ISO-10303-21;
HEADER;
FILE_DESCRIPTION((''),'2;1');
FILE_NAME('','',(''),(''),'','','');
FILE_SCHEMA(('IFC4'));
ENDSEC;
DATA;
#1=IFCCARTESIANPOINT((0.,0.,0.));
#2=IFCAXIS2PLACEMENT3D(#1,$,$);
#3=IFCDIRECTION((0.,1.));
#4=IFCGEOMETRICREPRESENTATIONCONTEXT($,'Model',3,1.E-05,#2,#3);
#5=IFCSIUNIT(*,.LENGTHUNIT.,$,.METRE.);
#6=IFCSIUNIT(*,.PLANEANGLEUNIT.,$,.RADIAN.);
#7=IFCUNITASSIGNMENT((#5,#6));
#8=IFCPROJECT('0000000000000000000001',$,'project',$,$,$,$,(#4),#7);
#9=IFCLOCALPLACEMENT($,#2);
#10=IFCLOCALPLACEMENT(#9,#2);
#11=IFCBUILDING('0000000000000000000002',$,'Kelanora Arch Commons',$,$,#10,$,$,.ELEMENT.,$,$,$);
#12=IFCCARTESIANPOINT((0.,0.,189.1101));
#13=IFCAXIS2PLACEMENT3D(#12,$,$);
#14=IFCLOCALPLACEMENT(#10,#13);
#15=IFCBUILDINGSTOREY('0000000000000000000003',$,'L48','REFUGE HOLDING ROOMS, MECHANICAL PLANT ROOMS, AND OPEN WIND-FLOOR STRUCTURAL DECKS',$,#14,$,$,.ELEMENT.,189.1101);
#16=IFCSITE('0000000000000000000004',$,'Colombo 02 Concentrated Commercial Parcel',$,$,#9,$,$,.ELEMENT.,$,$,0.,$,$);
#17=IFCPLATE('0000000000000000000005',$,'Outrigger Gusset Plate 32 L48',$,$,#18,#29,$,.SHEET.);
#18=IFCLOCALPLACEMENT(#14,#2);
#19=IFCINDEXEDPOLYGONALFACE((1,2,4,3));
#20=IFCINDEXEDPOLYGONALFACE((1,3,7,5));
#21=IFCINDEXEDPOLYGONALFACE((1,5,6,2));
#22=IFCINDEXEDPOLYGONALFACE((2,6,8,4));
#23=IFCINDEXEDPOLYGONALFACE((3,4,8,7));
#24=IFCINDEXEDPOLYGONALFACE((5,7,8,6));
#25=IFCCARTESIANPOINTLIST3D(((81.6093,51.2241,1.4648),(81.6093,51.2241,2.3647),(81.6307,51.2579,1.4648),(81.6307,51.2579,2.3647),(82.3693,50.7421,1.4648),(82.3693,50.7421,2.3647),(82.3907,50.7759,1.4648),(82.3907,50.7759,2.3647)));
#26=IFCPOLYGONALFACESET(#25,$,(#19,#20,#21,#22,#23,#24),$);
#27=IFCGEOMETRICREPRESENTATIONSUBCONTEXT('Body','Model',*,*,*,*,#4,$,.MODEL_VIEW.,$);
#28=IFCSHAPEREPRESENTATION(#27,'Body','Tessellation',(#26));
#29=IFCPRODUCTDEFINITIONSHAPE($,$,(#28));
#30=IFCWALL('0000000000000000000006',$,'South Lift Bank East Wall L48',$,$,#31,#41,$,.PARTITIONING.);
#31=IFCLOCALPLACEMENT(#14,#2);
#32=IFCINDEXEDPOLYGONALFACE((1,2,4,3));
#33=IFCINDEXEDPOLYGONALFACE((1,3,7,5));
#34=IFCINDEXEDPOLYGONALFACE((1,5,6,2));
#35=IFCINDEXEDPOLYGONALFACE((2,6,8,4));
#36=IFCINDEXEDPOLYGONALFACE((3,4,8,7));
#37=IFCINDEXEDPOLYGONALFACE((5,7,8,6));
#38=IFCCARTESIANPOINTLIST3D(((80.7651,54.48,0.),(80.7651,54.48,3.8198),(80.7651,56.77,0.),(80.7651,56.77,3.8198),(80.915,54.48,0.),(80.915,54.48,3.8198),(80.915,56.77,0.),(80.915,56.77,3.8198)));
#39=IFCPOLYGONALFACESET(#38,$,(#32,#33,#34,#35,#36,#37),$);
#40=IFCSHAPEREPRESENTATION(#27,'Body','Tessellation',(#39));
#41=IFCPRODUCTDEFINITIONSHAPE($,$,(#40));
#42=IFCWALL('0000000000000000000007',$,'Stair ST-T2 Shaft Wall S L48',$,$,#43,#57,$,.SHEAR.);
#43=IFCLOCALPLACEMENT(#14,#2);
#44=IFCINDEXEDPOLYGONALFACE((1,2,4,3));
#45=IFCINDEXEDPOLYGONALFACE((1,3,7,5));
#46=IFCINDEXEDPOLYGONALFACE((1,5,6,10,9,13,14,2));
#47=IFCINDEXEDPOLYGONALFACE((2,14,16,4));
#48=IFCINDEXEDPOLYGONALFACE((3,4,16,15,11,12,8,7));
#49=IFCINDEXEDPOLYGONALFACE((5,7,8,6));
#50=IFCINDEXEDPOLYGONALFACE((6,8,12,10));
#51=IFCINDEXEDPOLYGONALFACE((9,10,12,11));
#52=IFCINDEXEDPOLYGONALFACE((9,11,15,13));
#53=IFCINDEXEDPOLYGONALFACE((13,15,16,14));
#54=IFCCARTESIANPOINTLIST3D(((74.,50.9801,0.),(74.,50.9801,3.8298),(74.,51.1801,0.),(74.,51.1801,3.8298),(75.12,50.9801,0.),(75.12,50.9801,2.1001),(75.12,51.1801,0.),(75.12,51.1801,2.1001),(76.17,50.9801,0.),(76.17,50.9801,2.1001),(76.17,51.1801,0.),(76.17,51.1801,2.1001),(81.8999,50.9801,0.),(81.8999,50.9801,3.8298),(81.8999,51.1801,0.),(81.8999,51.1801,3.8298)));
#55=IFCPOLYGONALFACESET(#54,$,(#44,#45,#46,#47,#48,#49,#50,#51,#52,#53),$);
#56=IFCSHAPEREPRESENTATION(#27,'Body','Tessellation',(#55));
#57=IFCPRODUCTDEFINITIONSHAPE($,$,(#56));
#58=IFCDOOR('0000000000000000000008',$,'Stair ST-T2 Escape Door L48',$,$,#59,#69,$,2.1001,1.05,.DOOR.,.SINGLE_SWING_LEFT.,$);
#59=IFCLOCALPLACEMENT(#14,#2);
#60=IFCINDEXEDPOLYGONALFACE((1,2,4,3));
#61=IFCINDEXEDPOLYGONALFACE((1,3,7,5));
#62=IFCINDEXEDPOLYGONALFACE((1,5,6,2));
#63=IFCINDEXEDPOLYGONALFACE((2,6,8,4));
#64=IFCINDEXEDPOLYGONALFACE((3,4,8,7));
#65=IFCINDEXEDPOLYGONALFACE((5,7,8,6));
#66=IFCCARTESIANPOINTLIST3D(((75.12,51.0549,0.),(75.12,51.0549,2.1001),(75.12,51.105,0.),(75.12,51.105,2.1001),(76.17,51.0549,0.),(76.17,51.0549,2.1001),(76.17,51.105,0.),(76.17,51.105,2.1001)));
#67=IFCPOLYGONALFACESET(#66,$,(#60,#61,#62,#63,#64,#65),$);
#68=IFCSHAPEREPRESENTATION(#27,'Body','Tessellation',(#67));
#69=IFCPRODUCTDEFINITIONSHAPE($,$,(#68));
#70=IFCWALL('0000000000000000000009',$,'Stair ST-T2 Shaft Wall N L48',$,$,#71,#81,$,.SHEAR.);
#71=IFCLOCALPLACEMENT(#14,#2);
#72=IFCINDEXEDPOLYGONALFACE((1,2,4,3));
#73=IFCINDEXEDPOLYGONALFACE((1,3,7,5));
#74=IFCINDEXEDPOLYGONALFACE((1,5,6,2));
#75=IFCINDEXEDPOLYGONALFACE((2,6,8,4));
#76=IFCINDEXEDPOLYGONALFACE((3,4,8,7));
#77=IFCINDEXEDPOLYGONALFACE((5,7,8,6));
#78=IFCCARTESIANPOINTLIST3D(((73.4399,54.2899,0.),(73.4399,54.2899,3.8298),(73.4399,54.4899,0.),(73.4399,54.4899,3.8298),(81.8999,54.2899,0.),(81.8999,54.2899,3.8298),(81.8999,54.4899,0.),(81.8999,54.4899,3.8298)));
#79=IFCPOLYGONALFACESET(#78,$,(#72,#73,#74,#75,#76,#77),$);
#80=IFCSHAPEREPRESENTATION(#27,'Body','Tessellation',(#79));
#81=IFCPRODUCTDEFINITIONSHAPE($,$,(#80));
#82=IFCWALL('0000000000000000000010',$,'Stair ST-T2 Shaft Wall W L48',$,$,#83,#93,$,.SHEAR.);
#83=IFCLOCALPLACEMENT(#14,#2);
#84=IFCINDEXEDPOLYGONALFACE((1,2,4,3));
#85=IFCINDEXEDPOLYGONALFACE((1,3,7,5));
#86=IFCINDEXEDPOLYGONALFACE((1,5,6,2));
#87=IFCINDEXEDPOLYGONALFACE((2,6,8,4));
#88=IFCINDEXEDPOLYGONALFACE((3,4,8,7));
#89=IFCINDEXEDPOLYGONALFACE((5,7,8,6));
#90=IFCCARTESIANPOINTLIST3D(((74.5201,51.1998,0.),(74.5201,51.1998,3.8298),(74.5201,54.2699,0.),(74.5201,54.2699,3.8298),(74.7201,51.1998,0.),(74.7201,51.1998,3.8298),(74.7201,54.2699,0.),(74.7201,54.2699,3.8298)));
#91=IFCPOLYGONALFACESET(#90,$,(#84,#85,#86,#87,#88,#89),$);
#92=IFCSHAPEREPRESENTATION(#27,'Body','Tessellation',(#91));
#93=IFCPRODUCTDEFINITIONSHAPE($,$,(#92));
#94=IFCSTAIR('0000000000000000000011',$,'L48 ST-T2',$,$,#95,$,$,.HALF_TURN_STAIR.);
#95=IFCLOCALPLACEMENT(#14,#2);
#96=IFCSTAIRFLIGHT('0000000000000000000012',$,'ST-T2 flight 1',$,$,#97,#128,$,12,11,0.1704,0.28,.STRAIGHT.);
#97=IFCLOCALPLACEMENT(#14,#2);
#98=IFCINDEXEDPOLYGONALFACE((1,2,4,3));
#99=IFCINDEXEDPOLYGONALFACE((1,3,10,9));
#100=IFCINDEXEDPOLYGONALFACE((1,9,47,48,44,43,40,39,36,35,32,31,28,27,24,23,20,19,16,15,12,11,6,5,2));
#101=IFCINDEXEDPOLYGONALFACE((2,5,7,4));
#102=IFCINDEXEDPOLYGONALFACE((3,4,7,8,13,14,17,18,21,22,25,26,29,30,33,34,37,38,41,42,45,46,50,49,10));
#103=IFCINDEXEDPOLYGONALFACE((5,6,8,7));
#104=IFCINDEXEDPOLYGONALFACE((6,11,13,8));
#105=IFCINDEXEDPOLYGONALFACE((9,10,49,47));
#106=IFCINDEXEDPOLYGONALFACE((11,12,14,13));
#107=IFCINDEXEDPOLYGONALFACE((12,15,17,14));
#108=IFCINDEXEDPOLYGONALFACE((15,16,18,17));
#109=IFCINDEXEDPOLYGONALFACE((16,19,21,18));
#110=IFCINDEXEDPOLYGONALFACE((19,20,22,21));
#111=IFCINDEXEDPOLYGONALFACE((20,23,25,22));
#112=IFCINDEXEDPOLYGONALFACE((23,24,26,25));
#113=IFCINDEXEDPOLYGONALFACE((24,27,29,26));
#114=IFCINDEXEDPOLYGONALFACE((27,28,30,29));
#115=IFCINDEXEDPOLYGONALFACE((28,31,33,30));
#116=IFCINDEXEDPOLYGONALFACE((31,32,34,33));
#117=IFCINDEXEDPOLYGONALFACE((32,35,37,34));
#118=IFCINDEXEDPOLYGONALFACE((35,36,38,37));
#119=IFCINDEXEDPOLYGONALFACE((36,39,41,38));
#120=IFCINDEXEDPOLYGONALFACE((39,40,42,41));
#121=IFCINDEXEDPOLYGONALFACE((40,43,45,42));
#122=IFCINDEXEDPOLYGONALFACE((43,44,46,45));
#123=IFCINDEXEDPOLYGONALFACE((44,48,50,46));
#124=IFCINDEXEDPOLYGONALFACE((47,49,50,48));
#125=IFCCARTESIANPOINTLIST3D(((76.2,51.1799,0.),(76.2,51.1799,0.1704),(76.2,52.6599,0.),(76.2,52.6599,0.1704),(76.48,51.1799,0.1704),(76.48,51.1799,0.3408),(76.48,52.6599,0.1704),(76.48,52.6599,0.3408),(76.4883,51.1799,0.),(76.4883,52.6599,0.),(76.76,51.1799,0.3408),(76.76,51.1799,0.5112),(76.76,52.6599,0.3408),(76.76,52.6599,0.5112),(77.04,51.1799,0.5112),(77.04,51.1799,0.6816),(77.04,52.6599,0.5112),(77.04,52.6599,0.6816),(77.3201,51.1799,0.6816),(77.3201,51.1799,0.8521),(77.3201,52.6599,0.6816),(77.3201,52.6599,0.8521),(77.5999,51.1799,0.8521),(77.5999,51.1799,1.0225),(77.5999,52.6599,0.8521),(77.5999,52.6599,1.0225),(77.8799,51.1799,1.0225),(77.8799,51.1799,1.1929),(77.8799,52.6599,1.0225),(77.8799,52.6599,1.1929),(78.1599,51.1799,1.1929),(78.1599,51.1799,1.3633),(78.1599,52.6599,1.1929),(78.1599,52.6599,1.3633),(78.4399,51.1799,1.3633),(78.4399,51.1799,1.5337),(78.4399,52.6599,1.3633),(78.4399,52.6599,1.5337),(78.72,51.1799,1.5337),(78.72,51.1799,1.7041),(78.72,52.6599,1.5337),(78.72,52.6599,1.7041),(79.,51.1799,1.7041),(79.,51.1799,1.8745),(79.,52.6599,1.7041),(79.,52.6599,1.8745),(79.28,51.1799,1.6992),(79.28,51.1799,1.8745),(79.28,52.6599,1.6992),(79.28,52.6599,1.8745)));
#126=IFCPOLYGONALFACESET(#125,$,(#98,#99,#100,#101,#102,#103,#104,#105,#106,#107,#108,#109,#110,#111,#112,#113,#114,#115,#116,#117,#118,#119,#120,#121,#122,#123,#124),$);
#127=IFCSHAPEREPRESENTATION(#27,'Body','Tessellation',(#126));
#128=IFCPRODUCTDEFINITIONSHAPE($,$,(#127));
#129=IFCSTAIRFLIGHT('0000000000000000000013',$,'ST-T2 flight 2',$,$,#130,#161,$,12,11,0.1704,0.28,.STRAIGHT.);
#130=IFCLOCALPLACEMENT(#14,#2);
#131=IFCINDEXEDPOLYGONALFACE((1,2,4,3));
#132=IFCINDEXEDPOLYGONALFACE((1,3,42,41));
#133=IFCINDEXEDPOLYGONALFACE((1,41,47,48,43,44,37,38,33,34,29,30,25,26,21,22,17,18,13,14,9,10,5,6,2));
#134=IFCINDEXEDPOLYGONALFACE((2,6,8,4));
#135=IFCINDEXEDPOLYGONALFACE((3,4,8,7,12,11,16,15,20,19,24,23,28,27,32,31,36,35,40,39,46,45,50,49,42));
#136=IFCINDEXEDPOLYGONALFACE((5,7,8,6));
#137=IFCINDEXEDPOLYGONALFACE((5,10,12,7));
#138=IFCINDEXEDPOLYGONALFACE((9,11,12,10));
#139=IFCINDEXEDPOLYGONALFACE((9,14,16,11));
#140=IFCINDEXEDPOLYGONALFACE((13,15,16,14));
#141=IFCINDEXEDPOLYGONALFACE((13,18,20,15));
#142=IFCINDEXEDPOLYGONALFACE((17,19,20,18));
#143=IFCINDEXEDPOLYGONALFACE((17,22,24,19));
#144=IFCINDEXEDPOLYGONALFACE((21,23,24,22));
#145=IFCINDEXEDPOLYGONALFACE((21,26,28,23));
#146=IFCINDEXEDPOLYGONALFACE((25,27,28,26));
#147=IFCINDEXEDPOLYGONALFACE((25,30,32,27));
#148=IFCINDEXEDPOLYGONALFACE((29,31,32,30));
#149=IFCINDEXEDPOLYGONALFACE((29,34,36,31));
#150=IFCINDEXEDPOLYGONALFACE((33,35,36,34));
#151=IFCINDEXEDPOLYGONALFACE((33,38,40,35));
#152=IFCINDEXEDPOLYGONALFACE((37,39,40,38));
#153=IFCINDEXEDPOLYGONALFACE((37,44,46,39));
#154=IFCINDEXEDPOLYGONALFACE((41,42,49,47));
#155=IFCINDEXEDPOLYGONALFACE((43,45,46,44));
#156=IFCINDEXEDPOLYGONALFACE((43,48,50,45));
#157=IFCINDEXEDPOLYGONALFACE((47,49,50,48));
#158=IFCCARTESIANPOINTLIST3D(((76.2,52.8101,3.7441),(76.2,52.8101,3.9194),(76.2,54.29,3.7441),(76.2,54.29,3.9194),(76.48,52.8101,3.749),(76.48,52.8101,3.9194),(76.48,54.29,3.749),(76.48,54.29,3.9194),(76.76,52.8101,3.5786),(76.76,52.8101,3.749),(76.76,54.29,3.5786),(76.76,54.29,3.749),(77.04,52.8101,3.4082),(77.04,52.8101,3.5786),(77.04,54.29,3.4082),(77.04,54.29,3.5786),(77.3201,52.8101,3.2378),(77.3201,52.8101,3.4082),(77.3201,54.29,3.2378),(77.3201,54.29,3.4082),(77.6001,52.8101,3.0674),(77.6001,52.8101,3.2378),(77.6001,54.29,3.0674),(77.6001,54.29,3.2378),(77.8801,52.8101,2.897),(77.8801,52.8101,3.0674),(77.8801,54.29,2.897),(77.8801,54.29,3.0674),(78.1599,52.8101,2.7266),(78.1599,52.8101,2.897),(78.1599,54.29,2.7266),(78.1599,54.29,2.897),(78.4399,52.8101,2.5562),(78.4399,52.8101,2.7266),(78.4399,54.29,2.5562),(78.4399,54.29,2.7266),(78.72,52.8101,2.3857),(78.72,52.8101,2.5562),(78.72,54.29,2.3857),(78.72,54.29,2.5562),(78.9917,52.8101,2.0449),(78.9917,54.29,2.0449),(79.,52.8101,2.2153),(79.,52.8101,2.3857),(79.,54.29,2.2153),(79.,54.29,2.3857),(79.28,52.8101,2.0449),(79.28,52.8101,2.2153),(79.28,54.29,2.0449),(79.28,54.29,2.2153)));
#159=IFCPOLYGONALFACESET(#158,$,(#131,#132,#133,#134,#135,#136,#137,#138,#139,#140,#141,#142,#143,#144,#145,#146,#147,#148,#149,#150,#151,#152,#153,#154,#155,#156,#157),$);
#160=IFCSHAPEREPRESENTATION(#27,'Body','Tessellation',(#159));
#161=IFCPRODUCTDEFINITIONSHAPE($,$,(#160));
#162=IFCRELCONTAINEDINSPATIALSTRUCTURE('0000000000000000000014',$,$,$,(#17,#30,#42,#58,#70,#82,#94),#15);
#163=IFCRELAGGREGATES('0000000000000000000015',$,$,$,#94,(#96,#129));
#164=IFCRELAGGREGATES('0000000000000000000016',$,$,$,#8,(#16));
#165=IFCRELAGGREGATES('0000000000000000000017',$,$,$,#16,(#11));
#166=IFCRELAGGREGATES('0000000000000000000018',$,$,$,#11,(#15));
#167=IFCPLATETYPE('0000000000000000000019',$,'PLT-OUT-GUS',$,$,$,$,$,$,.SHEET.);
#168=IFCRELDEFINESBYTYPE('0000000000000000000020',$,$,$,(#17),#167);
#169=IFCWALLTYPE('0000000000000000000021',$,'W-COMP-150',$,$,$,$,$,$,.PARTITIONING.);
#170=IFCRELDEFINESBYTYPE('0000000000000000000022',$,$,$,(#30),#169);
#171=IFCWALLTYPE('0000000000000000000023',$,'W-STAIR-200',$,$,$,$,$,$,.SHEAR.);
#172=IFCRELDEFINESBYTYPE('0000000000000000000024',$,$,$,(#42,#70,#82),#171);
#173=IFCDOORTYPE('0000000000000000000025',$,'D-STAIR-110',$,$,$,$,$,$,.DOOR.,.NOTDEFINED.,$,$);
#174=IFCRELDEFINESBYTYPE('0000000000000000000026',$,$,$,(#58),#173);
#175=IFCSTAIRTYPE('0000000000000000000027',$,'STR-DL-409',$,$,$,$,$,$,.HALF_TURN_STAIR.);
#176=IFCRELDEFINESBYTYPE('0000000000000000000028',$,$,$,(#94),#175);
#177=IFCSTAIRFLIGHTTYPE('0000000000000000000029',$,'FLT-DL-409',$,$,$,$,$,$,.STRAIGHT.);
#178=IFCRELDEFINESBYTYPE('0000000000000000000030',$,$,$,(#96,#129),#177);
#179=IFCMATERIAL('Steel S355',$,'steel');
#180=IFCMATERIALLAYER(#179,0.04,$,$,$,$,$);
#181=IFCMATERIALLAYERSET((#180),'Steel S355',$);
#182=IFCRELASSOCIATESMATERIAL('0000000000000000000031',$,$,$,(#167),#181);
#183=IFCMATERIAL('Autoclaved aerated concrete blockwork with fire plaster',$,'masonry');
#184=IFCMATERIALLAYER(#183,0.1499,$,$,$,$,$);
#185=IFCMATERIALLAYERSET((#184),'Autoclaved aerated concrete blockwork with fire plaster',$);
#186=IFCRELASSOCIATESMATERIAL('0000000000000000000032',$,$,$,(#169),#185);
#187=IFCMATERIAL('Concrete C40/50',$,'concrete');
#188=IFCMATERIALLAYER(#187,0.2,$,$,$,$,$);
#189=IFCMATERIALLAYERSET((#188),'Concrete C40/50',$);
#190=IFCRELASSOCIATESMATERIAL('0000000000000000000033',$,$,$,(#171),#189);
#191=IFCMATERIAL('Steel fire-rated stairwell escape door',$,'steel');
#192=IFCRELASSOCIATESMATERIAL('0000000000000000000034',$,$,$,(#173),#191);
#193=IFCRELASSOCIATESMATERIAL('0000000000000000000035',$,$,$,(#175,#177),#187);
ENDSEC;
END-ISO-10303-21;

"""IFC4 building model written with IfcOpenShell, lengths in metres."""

from ifc_helpers import new_model, si_unit, direction, frame, frame_2d, origin, origin_2d, place, context, subcontext, project, spatial, polyline, rectangle, outline, extrude, source, transform, mapped, material, layer, layer_set, type_object, element, fill, aggregate, save


model = new_model("IFC4")

# Units and contexts
model_context = context("Model", 3, precision=1e-05, world=origin(), true_north=direction((0.0, 1.0)))
body_context = subcontext(model_context, "Body", "Model", "MODEL_VIEW")
ifc_project = project(units=[si_unit("LENGTHUNIT", "METRE"), si_unit("PLANEANGLEUNIT", "RADIAN")], contexts=[model_context])

# Site, building, storey
site_placement = place(None, origin())
site = spatial("IfcSite", under=ifc_project, at=site_placement, Name="Colombo 02 Concentrated Commercial Parcel", CompositionType="ELEMENT", RefElevation=0.0)
building_placement = place(site_placement, origin())
building = spatial("IfcBuilding", under=site, at=building_placement, Name="Kelanora Arch Commons", CompositionType="ELEMENT")
storey_placement = place(building_placement, frame((0.0, 0.0, 189.1101)))
storey = spatial("IfcBuildingStorey", under=building, at=storey_placement, Name="L48", Description="REFUGE HOLDING ROOMS, MECHANICAL PLANT ROOMS, AND OPEN WIND-FLOOR STRUCTURAL DECKS", CompositionType="ELEMENT", Elevation=189.1101)

# Shared definitions
ifc_material_1 = material(Name="Steel S355", Category="steel")

# Plate
ifc_layer_1 = layer(ifc_material_1, 0.04)
ifc_layer_set_1 = layer_set([ifc_layer_1], Name="Steel S355")
plate_type = type_object("IfcPlateType", Name="PLT-OUT-GUS", PredefinedType="SHEET", material=ifc_layer_set_1)
shared_shape_1 = source(origin(), body_context, "Body", "SweptSolid", [
    extrude(rectangle(XDim=0.8999, YDim=0.04, at=origin_2d()), origin(), (0.0, 0.0, 1.0), 0.8999),
])
plate_placement = place(storey_placement, frame((82.0, 51.0, 1.4648), z_axis=(0.0, 0.0, 1.0), x_axis=(0.844504, -0.535549, 0.0)))
element("IfcPlate", 1, at=plate_placement, inside=storey, type_object=plate_type, Name="Outrigger Gusset Plate 32 L48", PredefinedType="SHEET", context=body_context, shape_type="MappedRepresentation", body=[
    mapped(shared_shape_1, transform((0.0, 0.0, 0.0), scale=1.0)),
])

# Wall
ifc_material_2 = material(Name="Autoclaved aerated concrete blockwork with fire plaster", Category="masonry")
ifc_layer_2 = layer(ifc_material_2, 0.1499)
ifc_layer_set_2 = layer_set([ifc_layer_2], Name="Autoclaved aerated concrete blockwork with fire plaster")
wall_type_1 = type_object("IfcWallType", Name="W-COMP-150", PredefinedType="PARTITIONING", material=ifc_layer_set_2)
wall_1_placement = place(storey_placement, frame((80.8401, 54.48, 0.0), z_axis=(0.0, 0.0, 1.0), x_axis=(0.0, 1.0, 0.0)))
element("IfcWall", 2, at=wall_1_placement, inside=storey, type_object=wall_type_1, Name="South Lift Bank East Wall L48", PredefinedType="PARTITIONING", context=body_context, shape_type="SweptSolid", body=[
    extrude(rectangle(XDim=2.29, YDim=0.1499, at=frame_2d((1.145, 0.0))), origin(), (0.0, 0.0, 1.0), 3.8198),
])

# Wall, opening, door
ifc_material_3 = material(Name="Concrete C40/50", Category="concrete")
ifc_layer_3 = layer(ifc_material_3, 0.2)
ifc_layer_set_3 = layer_set([ifc_layer_3], Name="Concrete C40/50")
wall_type_2 = type_object("IfcWallType", Name="W-STAIR-200", PredefinedType="SHEAR", material=ifc_layer_set_3)
wall_2_placement = place(storey_placement, frame((74.0, 51.0801, 0.0), z_axis=(0.0, 0.0, 1.0), x_axis=(1.0, 0.0, 0.0)))
wall_2 = element("IfcWall", 3, at=wall_2_placement, inside=storey, type_object=wall_type_2, Name="Stair ST-T2 Shaft Wall S L48", PredefinedType="SHEAR", context=body_context, shape_type="SweptSolid", body=[
    extrude(rectangle(XDim=7.8999, YDim=0.2, at=frame_2d((3.95, 0.0))), origin(), (0.0, 0.0, 1.0), 3.8298),
])
opening_placement = place(wall_2_placement, frame((1.1201, 0.0, 0.0)))
opening = element("IfcOpeningElement", 4, at=opening_placement, cuts=wall_2, PredefinedType="OPENING", context=body_context, shape_type="SweptSolid", body=[
    extrude(rectangle(XDim=1.05, YDim=2.1001, at=frame_2d((0.5249, 1.05))), frame((0.0, 0.1099, 0.0), z_axis=(0.0, -1.0, 0.0), x_axis=(1.0, 0.0, 0.0)), (0.0, 0.0, 1.0), 0.22),
])
ifc_material_4 = material(Name="Steel fire-rated stairwell escape door", Category="steel")
door_type = type_object("IfcDoorType", Name="D-STAIR-110", OperationType="NOTDEFINED", PredefinedType="DOOR", material=ifc_material_4)
door_placement = place(opening_placement, origin())
door = element("IfcDoor", 5, at=door_placement, inside=storey, type_object=door_type, Name="Stair ST-T2 Escape Door L48", OperationType="SINGLE_SWING_LEFT", OverallHeight=2.1001, OverallWidth=1.05, PredefinedType="DOOR", context=body_context, shape_type="SweptSolid", body=[
    extrude(rectangle(XDim=1.05, YDim=2.1001, at=frame_2d((0.5249, 1.05))), frame((0.0, 0.0249, 0.0), z_axis=(0.0, -1.0, 0.0), x_axis=(1.0, 0.0, 0.0)), (0.0, 0.0, 1.0), 0.05),
])
fill(opening, door)

# Walls
wall_3_placement = place(storey_placement, frame((81.8999, 54.3899, 0.0), z_axis=(0.0, 0.0, 1.0), x_axis=(-1.0, 0.0, 0.0)))
element("IfcWall", 6, at=wall_3_placement, inside=storey, type_object=wall_type_2, Name="Stair ST-T2 Shaft Wall N L48", PredefinedType="SHEAR", context=body_context, shape_type="SweptSolid", body=[
    extrude(rectangle(XDim=8.46, YDim=0.2, at=frame_2d((4.23, 0.0))), origin(), (0.0, 0.0, 1.0), 3.8298),
])
wall_4_placement = place(storey_placement, frame((74.6201, 54.27, 0.0), z_axis=(0.0, 0.0, 1.0), x_axis=(0.0, -1.0, 0.0)))
element("IfcWall", 7, at=wall_4_placement, inside=storey, type_object=wall_type_2, Name="Stair ST-T2 Shaft Wall W L48", PredefinedType="SHEAR", context=body_context, shape_type="SweptSolid", body=[
    extrude(rectangle(XDim=3.0701, YDim=0.2, at=frame_2d((1.5352, 0.0))), origin(), (0.0, 0.0, 1.0), 3.8298),
])

# Stair, stair flights
stair_type = type_object("IfcStairType", Name="STR-DL-409", PredefinedType="HALF_TURN_STAIR", material=ifc_material_3)
stair_placement = place(storey_placement, origin())
stair = element("IfcStair", 8, at=stair_placement, inside=storey, type_object=stair_type, Name="L48 ST-T2", PredefinedType="HALF_TURN_STAIR")
stair_flight_type = type_object("IfcStairFlightType", Name="FLT-DL-409", PredefinedType="STRAIGHT", material=ifc_material_3)
stair_flight_1_placement = place(storey_placement, frame((76.2, 51.9199, 0.0), z_axis=(0.0, 0.0, 1.0), x_axis=(1.0, 0.0, 0.0)))
stair_flight_1 = element("IfcStairFlight", 9, at=stair_flight_1_placement, type_object=stair_flight_type, Name="ST-T2 flight 1", NumberOfRisers=12, NumberOfTreads=11, PredefinedType="STRAIGHT", RiserHeight=0.1704, TreadLength=0.28, context=body_context, shape_type="SweptSolid", body=[
    extrude(outline(polyline([(0.0, 0.0), (0.0, 0.1704), (0.28, 0.1704), (0.28, 0.3408), (0.5601, 0.3408), (0.5601, 0.5112), (0.8401, 0.5112), (0.8401, 0.6816), (1.1201, 0.6816), (1.1201, 0.8521), (1.3999, 0.8521), (1.3999, 1.0225), (1.6799, 1.0225), (1.6799, 1.1929), (1.96, 1.1929), (1.96, 1.3633), (2.24, 1.3633), (2.24, 1.5337), (2.52, 1.5337), (2.52, 1.7041), (2.8, 1.7041), (2.8, 1.8745), (3.0801, 1.8745), (3.0801, 2.0449), (3.0801, 1.6992), (0.2883, 0.0), (0.0, 0.0)])), frame((0.0, 0.74, 0.0), z_axis=(0.0, -1.0, 0.0), x_axis=(1.0, 0.0, 0.0)), (0.0, 0.0, 1.0), 1.48),
])
stair_flight_2_placement = place(storey_placement, frame((79.28, 53.55, 2.0449), z_axis=(0.0, 0.0, 1.0), x_axis=(-1.0, 0.0, 0.0)))
stair_flight_2 = element("IfcStairFlight", 10, at=stair_flight_2_placement, type_object=stair_flight_type, Name="ST-T2 flight 2", NumberOfRisers=12, NumberOfTreads=11, PredefinedType="STRAIGHT", RiserHeight=0.1704, TreadLength=0.28, context=body_context, shape_type="SweptSolid", body=[
    extrude(outline(polyline([(0.0, 0.0), (0.0, 0.1704), (0.28, 0.1704), (0.28, 0.3408), (0.5601, 0.3408), (0.5601, 0.5112), (0.8401, 0.5112), (0.8401, 0.6816), (1.1201, 0.6816), (1.1201, 0.8521), (1.3999, 0.8521), (1.3999, 1.0225), (1.6799, 1.0225), (1.6799, 1.1929), (1.96, 1.1929), (1.96, 1.3633), (2.24, 1.3633), (2.24, 1.5337), (2.52, 1.5337), (2.52, 1.7041), (2.8, 1.7041), (2.8, 1.8745), (3.0801, 1.8745), (3.0801, 2.0449), (3.0801, 1.6992), (0.2883, 0.0), (0.0, 0.0)])), frame((0.0, 0.74, 0.0), z_axis=(0.0, -1.0, 0.0), x_axis=(1.0, 0.0, 0.0)), (0.0, 0.0, 1.0), 1.48),
])
aggregate(stair, [stair_flight_1, stair_flight_2])

save(model, "model.ifc")
